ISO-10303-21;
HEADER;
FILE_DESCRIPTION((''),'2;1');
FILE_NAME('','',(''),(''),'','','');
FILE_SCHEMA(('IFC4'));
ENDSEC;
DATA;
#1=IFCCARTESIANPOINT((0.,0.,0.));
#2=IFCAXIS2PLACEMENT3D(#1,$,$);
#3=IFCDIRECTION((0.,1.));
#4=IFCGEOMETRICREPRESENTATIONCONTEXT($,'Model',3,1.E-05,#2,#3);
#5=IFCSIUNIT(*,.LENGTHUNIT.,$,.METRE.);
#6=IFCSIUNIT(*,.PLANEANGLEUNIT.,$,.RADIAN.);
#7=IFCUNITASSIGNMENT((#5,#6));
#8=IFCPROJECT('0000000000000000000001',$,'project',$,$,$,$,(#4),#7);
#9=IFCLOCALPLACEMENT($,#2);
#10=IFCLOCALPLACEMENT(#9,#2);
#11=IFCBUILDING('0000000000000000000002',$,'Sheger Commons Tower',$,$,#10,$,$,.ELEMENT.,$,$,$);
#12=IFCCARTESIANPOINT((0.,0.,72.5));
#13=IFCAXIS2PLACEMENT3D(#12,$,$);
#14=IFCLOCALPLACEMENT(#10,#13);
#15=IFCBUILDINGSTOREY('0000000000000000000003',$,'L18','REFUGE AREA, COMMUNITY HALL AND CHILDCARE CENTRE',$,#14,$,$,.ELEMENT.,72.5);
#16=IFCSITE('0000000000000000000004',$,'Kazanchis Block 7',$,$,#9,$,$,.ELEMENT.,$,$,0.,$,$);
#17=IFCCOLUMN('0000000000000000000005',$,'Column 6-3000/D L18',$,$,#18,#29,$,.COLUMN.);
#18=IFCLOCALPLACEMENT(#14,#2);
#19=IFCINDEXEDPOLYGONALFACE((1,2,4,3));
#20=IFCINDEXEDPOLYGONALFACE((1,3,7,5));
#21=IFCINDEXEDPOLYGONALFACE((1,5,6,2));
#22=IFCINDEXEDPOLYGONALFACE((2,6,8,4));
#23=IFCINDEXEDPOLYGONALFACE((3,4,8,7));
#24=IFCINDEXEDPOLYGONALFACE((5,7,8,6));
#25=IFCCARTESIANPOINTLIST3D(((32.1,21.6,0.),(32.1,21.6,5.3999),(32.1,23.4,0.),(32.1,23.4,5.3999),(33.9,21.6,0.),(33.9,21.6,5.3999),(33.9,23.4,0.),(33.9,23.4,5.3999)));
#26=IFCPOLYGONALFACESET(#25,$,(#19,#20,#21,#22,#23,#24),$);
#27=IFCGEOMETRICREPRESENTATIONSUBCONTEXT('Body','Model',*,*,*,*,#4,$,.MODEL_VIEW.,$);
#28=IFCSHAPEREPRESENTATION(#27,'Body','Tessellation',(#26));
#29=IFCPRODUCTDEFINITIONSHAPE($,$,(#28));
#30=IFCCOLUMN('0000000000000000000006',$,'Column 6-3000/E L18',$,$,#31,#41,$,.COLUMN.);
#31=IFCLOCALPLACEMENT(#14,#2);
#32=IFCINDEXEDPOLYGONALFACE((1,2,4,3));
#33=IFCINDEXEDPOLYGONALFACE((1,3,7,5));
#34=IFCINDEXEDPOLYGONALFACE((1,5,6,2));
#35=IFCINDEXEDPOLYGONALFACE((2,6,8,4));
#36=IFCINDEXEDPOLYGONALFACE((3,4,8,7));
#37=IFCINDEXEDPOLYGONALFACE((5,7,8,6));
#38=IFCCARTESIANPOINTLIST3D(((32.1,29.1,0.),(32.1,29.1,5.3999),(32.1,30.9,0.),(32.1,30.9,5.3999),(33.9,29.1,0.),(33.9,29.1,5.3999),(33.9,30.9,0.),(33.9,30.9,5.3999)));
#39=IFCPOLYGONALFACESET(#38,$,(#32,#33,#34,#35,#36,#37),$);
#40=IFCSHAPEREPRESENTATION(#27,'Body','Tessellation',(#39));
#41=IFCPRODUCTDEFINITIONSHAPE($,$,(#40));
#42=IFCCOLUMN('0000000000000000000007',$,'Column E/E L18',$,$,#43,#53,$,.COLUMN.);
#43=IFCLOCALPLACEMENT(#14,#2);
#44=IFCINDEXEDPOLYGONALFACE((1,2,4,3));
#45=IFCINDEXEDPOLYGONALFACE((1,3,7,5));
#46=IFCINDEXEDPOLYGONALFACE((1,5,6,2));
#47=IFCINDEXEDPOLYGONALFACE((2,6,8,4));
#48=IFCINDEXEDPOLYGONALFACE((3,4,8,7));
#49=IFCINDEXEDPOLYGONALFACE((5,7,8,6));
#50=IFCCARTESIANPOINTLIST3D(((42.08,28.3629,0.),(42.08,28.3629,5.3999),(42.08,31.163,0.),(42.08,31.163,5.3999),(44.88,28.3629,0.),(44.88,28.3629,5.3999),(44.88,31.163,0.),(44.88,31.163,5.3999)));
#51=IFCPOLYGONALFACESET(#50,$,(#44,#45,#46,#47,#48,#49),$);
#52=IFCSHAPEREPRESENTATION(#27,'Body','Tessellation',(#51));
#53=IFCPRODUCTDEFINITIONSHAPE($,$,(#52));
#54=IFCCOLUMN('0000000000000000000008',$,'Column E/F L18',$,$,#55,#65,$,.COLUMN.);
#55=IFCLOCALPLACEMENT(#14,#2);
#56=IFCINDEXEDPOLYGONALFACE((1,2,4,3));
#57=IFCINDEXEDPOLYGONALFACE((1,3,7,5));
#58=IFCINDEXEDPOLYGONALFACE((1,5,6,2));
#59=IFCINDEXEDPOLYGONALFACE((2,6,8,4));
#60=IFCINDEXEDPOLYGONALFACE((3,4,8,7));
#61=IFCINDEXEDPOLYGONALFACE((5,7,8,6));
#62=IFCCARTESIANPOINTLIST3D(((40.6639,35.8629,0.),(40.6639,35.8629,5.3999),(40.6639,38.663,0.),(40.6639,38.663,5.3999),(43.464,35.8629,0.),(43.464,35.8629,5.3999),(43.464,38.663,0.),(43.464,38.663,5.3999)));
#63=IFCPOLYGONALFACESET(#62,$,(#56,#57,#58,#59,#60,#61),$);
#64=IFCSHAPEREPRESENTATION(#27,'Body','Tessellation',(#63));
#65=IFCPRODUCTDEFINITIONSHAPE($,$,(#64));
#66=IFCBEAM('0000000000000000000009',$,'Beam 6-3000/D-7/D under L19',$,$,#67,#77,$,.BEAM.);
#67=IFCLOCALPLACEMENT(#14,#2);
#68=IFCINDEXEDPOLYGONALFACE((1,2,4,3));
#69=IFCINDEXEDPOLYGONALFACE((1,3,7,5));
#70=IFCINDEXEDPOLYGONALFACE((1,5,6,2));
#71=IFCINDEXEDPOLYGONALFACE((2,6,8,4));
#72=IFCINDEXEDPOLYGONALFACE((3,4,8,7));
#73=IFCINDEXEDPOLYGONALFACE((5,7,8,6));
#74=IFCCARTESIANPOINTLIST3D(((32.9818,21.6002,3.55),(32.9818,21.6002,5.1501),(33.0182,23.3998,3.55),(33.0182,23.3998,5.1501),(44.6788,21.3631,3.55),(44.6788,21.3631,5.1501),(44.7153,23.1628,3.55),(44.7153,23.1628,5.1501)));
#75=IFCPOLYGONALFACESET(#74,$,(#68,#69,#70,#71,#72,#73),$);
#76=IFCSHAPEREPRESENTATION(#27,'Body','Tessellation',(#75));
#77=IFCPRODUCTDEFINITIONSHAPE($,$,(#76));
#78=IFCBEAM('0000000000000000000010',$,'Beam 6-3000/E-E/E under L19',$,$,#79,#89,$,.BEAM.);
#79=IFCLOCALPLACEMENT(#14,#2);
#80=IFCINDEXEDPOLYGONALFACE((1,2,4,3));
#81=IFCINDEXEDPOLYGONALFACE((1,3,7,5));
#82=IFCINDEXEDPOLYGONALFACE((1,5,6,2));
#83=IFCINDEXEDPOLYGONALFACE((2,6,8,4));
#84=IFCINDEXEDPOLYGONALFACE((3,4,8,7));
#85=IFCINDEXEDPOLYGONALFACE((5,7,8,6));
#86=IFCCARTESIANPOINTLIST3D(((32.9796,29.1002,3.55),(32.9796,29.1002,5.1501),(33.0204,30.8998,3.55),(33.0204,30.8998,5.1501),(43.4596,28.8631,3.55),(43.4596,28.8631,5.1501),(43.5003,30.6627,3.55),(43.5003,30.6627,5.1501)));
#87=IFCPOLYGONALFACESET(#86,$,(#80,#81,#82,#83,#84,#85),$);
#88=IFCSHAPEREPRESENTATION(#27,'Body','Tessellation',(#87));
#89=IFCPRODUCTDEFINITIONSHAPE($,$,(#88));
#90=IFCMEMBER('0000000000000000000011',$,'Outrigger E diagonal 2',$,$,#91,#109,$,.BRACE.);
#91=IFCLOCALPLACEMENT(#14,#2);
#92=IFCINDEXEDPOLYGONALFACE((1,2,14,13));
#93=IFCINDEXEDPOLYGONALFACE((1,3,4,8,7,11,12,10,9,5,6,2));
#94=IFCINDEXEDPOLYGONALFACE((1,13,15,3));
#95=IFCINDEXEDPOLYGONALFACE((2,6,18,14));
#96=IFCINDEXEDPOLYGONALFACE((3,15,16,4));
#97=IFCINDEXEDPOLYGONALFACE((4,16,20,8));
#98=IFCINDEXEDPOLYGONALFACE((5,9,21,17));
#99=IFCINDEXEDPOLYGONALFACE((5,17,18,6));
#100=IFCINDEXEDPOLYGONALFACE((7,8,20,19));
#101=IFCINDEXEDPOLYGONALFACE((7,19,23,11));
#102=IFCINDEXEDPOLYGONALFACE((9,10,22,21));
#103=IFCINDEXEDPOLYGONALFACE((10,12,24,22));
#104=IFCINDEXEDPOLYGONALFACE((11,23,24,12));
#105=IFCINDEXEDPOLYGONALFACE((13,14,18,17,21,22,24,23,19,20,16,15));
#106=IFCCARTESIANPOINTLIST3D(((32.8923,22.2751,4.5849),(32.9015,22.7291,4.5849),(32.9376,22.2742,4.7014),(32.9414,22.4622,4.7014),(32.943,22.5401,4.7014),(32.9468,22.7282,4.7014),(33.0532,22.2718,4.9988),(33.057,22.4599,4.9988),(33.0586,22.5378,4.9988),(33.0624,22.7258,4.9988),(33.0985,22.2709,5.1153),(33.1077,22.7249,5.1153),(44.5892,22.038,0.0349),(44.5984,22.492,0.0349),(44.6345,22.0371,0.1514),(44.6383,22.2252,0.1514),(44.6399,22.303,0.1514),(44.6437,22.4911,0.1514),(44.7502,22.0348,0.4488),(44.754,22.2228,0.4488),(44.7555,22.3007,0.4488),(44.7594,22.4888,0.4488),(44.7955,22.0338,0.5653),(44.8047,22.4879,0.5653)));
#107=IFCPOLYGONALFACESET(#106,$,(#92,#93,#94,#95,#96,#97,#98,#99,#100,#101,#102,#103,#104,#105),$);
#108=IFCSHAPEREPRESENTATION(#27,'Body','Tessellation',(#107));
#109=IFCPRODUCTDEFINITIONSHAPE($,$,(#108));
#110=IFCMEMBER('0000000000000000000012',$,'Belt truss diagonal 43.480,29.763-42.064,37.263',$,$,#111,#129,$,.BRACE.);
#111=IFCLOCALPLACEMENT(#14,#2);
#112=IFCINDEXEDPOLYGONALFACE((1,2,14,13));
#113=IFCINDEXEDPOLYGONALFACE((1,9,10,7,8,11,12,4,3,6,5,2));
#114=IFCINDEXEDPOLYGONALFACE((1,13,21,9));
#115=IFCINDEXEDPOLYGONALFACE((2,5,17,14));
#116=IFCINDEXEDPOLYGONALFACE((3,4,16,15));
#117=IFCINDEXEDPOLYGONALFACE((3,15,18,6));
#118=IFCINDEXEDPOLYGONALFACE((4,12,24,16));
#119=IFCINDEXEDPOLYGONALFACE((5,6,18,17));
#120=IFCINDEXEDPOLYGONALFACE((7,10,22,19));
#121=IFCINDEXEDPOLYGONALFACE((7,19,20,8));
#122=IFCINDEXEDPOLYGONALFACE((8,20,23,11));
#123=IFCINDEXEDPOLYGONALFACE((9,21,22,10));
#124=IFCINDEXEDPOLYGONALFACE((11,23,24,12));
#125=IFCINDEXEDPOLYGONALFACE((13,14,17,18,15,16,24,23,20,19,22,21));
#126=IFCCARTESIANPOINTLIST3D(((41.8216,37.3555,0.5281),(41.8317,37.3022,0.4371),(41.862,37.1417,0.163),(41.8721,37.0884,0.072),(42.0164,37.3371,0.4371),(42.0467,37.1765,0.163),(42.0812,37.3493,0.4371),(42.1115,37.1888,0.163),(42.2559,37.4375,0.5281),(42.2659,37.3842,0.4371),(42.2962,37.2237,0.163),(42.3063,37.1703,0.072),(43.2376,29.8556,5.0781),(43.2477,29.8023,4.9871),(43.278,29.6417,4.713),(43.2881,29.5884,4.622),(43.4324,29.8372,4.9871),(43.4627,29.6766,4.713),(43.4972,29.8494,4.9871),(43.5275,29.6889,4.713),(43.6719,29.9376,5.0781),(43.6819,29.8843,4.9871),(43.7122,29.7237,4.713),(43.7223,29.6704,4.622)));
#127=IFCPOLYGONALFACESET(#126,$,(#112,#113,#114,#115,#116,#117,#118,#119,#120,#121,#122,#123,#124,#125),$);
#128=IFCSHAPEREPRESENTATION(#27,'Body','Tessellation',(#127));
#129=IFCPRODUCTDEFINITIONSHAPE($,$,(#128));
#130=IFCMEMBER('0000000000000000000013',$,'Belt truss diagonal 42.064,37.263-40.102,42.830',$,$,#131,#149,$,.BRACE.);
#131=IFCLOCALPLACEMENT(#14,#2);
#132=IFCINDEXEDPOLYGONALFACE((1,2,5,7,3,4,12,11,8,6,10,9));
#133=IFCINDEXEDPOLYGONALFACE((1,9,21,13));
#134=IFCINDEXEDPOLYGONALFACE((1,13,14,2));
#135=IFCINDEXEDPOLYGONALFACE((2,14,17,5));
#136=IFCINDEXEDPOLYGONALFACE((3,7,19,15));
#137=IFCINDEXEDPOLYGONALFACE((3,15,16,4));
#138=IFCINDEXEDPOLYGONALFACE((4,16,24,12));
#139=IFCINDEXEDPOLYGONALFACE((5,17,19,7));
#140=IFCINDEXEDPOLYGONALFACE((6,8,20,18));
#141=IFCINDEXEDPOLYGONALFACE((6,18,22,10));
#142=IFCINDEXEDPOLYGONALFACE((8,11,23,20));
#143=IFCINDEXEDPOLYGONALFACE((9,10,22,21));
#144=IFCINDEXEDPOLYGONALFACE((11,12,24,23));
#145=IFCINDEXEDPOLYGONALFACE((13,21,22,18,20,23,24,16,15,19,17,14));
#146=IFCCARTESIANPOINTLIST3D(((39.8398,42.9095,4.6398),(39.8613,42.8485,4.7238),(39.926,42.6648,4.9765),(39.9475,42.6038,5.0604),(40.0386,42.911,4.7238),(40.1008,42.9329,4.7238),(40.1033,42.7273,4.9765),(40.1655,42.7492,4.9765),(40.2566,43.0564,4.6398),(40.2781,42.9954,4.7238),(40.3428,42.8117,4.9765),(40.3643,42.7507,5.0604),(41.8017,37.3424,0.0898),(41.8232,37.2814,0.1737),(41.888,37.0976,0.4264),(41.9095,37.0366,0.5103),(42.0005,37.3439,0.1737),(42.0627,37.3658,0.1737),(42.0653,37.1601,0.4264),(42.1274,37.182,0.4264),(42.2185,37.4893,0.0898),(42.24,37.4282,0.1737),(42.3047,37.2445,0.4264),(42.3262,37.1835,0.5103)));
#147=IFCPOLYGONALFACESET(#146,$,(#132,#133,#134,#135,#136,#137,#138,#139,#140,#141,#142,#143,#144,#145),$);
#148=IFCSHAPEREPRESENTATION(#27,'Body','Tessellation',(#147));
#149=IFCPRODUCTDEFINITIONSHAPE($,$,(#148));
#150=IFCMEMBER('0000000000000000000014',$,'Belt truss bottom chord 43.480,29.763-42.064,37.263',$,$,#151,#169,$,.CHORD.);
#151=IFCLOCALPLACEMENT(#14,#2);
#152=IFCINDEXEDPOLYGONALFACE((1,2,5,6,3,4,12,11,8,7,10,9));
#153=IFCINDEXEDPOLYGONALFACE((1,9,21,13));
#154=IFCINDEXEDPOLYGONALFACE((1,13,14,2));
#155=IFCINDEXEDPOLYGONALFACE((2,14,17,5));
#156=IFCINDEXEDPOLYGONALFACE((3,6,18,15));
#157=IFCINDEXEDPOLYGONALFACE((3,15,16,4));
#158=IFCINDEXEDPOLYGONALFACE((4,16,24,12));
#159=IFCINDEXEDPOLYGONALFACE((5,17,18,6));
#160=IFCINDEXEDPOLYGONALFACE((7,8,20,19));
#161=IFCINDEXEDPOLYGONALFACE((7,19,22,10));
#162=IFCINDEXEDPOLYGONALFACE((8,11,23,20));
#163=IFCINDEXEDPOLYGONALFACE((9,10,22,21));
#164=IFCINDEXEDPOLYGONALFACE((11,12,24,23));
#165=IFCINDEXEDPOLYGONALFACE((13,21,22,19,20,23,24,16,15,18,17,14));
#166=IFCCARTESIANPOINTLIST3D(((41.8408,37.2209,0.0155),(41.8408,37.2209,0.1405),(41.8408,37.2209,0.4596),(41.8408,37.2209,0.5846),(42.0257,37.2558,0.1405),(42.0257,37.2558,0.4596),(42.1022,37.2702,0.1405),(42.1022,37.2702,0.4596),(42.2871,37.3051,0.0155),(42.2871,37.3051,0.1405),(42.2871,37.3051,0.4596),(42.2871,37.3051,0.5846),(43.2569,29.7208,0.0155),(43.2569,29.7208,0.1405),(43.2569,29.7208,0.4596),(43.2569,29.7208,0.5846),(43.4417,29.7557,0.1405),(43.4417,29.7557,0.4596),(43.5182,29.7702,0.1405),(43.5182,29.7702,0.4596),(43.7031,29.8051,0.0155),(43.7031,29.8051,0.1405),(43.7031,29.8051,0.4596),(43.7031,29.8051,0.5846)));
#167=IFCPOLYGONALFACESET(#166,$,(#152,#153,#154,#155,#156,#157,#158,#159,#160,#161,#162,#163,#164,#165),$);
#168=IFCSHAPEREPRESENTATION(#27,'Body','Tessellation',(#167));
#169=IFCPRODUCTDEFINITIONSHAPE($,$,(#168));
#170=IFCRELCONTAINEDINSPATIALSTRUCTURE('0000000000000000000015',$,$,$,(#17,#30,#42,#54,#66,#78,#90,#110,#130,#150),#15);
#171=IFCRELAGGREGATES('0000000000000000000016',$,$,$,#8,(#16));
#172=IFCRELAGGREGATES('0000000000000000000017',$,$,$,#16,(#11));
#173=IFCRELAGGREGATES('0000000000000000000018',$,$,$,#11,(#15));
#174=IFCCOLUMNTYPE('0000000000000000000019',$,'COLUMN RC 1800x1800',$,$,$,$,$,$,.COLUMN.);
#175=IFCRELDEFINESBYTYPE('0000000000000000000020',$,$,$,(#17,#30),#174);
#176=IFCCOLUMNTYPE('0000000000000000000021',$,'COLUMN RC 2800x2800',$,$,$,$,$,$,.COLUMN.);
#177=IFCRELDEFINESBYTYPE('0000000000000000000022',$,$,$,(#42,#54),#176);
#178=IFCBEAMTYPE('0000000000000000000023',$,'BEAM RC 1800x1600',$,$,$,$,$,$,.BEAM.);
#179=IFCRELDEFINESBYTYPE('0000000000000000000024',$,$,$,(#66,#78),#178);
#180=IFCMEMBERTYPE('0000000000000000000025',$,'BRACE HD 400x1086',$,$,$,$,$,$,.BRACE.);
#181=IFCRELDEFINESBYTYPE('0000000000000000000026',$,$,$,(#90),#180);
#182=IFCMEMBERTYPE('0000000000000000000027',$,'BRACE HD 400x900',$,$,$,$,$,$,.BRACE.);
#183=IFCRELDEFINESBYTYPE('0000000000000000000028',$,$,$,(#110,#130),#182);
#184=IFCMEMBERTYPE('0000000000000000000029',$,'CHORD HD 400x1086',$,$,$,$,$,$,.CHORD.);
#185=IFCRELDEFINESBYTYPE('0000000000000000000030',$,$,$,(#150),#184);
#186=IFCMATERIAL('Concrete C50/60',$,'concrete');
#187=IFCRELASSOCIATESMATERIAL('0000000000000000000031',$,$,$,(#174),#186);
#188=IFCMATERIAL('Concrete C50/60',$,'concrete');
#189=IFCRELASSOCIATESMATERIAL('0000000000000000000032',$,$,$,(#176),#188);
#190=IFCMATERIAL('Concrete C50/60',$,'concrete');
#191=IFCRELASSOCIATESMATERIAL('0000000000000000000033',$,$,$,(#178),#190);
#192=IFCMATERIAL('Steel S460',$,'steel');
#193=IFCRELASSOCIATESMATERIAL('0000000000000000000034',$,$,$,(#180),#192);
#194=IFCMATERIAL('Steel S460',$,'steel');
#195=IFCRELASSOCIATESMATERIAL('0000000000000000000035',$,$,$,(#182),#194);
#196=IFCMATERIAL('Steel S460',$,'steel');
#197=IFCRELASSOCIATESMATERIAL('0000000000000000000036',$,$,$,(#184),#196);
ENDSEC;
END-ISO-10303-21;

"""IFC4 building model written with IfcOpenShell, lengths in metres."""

from ifc_helpers import new_model, si_unit, direction, frame, origin, origin_2d, place, context, subcontext, project, spatial, rectangle, i_section, extrude, material, material_profile, profile_set, type_object, element, save


model = new_model("IFC4")

# Units and contexts
model_context = context("Model", 3, precision=1e-05, world=origin(), true_north=direction((0.0, 1.0)))
body_context = subcontext(model_context, "Body", "Model", "MODEL_VIEW")
ifc_project = project(units=[si_unit("LENGTHUNIT", "METRE"), si_unit("PLANEANGLEUNIT", "RADIAN")], contexts=[model_context])

# Site, building, storey
site_placement = place(None, origin())
site = spatial("IfcSite", under=ifc_project, at=site_placement, Name="Kazanchis Block 7", CompositionType="ELEMENT", RefElevation=0.0)
building_placement = place(site_placement, origin())
building = spatial("IfcBuilding", under=site, at=building_placement, Name="Sheger Commons Tower", CompositionType="ELEMENT")
storey_placement = place(building_placement, frame((0.0, 0.0, 72.5)))
storey = spatial("IfcBuildingStorey", under=building, at=storey_placement, Name="L18", Description="REFUGE AREA, COMMUNITY HALL AND CHILDCARE CENTRE", CompositionType="ELEMENT", Elevation=72.5)

# Columns
ifc_material_1 = material(Name="Concrete C50/60", Category="concrete")
ifc_material_profile_1 = material_profile(ifc_material_1, rectangle(XDim=1.8, YDim=1.8, at=origin_2d()), Name="RC 1800x1800")
ifc_profile_set_1 = profile_set([ifc_material_profile_1], Name="Concrete C50/60")
column_type_1 = type_object("IfcColumnType", Name="COLUMN RC 1800x1800", PredefinedType="COLUMN", material=ifc_profile_set_1)
for number, where, z_axis, x_axis, name in (
    (1, (33.0, 22.5, 0.0), (0.0, 0.0, 1.0), (1.0, 0.0, 0.0), "Column 6-3000/D L18"),
    (2, (33.0, 30.0, 0.0), (0.0, 0.0, 1.0), (1.0, 0.0, 0.0), "Column 6-3000/E L18"),
):
    element("IfcColumn", number, at=place(storey_placement, frame(where, z_axis=z_axis, x_axis=x_axis)), inside=storey, type_object=column_type_1, Name=name, PredefinedType="COLUMN", context=body_context, shape_type="SweptSolid", body=[
        extrude(rectangle(XDim=1.8, YDim=1.8, at=origin_2d()), origin(), (0.0, 0.0, 1.0), 5.3999),
    ])
ifc_material_2 = material(Name="Concrete C50/60", Category="concrete")
ifc_material_profile_2 = material_profile(ifc_material_2, rectangle(XDim=2.8, YDim=2.8, at=origin_2d()), Name="RC 2800x2800")
ifc_profile_set_2 = profile_set([ifc_material_profile_2], Name="Concrete C50/60")
column_type_2 = type_object("IfcColumnType", Name="COLUMN RC 2800x2800", PredefinedType="COLUMN", material=ifc_profile_set_2)
for number, where, z_axis, x_axis, name in (
    (3, (43.48, 29.7629, 0.0), (0.0, 0.0, 1.0), (1.0, 0.0, 0.0), "Column E/E L18"),
    (4, (42.064, 37.2629, 0.0), (0.0, 0.0, 1.0), (1.0, 0.0, 0.0), "Column E/F L18"),
):
    element("IfcColumn", number, at=place(storey_placement, frame(where, z_axis=z_axis, x_axis=x_axis)), inside=storey, type_object=column_type_2, Name=name, PredefinedType="COLUMN", context=body_context, shape_type="SweptSolid", body=[
        extrude(rectangle(XDim=2.8, YDim=2.8, at=origin_2d()), origin(), (0.0, 0.0, 1.0), 5.3999),
    ])

# Beams
ifc_material_3 = material(Name="Concrete C50/60", Category="concrete")
ifc_material_profile_3 = material_profile(ifc_material_3, rectangle(XDim=1.8, YDim=1.6001, at=origin_2d()), Name="RC 1800x1600")
ifc_profile_set_3 = profile_set([ifc_material_profile_3], Name="Concrete C50/60")
beam_type_1 = type_object("IfcBeamType", Name="BEAM RC 1800x1600", PredefinedType="BEAM", material=ifc_profile_set_3)
beam_1_placement = place(storey_placement, frame((33.0, 22.5, 4.3501), z_axis=(0.999795, -0.020263, 0.0), x_axis=(0.020263, 0.999795, 0.0)))
element("IfcBeam", 5, at=beam_1_placement, inside=storey, type_object=beam_type_1, Name="Beam 6-3000/D-7/D under L19", PredefinedType="BEAM", context=body_context, shape_type="SweptSolid", body=[
    extrude(rectangle(XDim=1.8, YDim=1.6001, at=origin_2d()), origin(), (0.0, 0.0, 1.0), 11.6995),
])
beam_2_placement = place(storey_placement, frame((33.0, 30.0, 4.3501), z_axis=(0.999744, -0.022615, 0.0), x_axis=(0.022615, 0.999744, 0.0)))
element("IfcBeam", 6, at=beam_2_placement, inside=storey, type_object=beam_type_1, Name="Beam 6-3000/E-E/E under L19", PredefinedType="BEAM", context=body_context, shape_type="SweptSolid", body=[
    extrude(rectangle(XDim=1.8, YDim=1.6001, at=origin_2d()), origin(), (0.0, 0.0, 1.0), 10.4827),
])

# Members
ifc_material_4 = material(Name="Steel S460", Category="steel")
ifc_material_profile_4 = material_profile(ifc_material_4, i_section(OverallWidth=0.4541, OverallDepth=0.5691, WebThickness=0.0779, FlangeThickness=0.125, at=origin_2d()), Name="HD 400x1086")
ifc_profile_set_4 = profile_set([ifc_material_profile_4], Name="Steel S460")
member_type_1 = type_object("IfcMemberType", Name="BRACE HD 400x1086", PredefinedType="BRACE", material=ifc_profile_set_4)
member_1_placement = place(storey_placement, frame((33.0, 22.5, 4.8501), z_axis=(0.931806, -0.018885, -0.362465), x_axis=(0.020263, 0.999795, 0.0)))
element("IfcMember", 7, at=member_1_placement, inside=storey, type_object=member_type_1, Name="Outrigger E diagonal 2", PredefinedType="BRACE", context=body_context, shape_type="SweptSolid", body=[
    extrude(i_section(OverallWidth=0.4541, OverallDepth=0.5691, WebThickness=0.0779, FlangeThickness=0.125, at=origin_2d()), origin(), (0.0, 0.0, 1.0), 12.553),
])
ifc_material_5 = material(Name="Steel S460", Category="steel")
ifc_material_profile_5 = material_profile(ifc_material_5, i_section(OverallWidth=0.4419, OverallDepth=0.531, WebThickness=0.0659, FlangeThickness=0.106, at=origin_2d()), Name="HD 400x900")
ifc_profile_set_5 = profile_set([ifc_material_profile_5], Name="Steel S460")
member_type_2 = type_object("IfcMemberType", Name="BRACE HD 400x900", PredefinedType="BRACE", material=ifc_profile_set_5)
member_2_placement = place(storey_placement, frame((42.064, 37.2629, 0.3), z_axis=(0.159357, -0.84404, 0.512056), x_axis=(0.98264, 0.185524, 0.0)))
element("IfcMember", 8, at=member_2_placement, inside=storey, type_object=member_type_2, Name="Belt truss diagonal 43.480,29.763-42.064,37.263", PredefinedType="BRACE", context=body_context, shape_type="SweptSolid", body=[
    extrude(i_section(OverallWidth=0.4419, OverallDepth=0.531, WebThickness=0.0659, FlangeThickness=0.106, at=origin_2d()), origin(), (0.0, 0.0, 1.0), 8.8857),
])
member_3_placement = place(storey_placement, frame((42.064, 37.2629, 0.3), z_axis=(-0.263243, 0.74698, 0.610511), x_axis=(-0.943148, -0.332374, 0.0)))
element("IfcMember", 9, at=member_3_placement, inside=storey, type_object=member_type_2, Name="Belt truss diagonal 42.064,37.263-40.102,42.830", PredefinedType="BRACE", context=body_context, shape_type="SweptSolid", body=[
    extrude(i_section(OverallWidth=0.4419, OverallDepth=0.531, WebThickness=0.0659, FlangeThickness=0.106, at=origin_2d()), origin(), (0.0, 0.0, 1.0), 7.4529),
])
ifc_material_6 = material(Name="Steel S460", Category="steel")
ifc_material_profile_6 = material_profile(ifc_material_6, i_section(OverallWidth=0.4541, OverallDepth=0.5691, WebThickness=0.0779, FlangeThickness=0.125, at=origin_2d()), Name="HD 400x1086")
ifc_profile_set_6 = profile_set([ifc_material_profile_6], Name="Steel S460")
member_type_3 = type_object("IfcMemberType", Name="CHORD HD 400x1086", PredefinedType="CHORD", material=ifc_profile_set_6)
member_4_placement = place(storey_placement, frame((43.48, 29.7629, 0.3), z_axis=(-0.185524, 0.98264, 0.0), x_axis=(-0.98264, -0.185524, 0.0)))
element("IfcMember", 10, at=member_4_placement, inside=storey, type_object=member_type_3, Name="Belt truss bottom chord 43.480,29.763-42.064,37.263", PredefinedType="CHORD", context=body_context, shape_type="SweptSolid", body=[
    extrude(i_section(OverallWidth=0.4541, OverallDepth=0.5691, WebThickness=0.0779, FlangeThickness=0.125, at=origin_2d()), origin(), (0.0, 0.0, 1.0), 7.6326),
])

save(model, "model.ifc")
